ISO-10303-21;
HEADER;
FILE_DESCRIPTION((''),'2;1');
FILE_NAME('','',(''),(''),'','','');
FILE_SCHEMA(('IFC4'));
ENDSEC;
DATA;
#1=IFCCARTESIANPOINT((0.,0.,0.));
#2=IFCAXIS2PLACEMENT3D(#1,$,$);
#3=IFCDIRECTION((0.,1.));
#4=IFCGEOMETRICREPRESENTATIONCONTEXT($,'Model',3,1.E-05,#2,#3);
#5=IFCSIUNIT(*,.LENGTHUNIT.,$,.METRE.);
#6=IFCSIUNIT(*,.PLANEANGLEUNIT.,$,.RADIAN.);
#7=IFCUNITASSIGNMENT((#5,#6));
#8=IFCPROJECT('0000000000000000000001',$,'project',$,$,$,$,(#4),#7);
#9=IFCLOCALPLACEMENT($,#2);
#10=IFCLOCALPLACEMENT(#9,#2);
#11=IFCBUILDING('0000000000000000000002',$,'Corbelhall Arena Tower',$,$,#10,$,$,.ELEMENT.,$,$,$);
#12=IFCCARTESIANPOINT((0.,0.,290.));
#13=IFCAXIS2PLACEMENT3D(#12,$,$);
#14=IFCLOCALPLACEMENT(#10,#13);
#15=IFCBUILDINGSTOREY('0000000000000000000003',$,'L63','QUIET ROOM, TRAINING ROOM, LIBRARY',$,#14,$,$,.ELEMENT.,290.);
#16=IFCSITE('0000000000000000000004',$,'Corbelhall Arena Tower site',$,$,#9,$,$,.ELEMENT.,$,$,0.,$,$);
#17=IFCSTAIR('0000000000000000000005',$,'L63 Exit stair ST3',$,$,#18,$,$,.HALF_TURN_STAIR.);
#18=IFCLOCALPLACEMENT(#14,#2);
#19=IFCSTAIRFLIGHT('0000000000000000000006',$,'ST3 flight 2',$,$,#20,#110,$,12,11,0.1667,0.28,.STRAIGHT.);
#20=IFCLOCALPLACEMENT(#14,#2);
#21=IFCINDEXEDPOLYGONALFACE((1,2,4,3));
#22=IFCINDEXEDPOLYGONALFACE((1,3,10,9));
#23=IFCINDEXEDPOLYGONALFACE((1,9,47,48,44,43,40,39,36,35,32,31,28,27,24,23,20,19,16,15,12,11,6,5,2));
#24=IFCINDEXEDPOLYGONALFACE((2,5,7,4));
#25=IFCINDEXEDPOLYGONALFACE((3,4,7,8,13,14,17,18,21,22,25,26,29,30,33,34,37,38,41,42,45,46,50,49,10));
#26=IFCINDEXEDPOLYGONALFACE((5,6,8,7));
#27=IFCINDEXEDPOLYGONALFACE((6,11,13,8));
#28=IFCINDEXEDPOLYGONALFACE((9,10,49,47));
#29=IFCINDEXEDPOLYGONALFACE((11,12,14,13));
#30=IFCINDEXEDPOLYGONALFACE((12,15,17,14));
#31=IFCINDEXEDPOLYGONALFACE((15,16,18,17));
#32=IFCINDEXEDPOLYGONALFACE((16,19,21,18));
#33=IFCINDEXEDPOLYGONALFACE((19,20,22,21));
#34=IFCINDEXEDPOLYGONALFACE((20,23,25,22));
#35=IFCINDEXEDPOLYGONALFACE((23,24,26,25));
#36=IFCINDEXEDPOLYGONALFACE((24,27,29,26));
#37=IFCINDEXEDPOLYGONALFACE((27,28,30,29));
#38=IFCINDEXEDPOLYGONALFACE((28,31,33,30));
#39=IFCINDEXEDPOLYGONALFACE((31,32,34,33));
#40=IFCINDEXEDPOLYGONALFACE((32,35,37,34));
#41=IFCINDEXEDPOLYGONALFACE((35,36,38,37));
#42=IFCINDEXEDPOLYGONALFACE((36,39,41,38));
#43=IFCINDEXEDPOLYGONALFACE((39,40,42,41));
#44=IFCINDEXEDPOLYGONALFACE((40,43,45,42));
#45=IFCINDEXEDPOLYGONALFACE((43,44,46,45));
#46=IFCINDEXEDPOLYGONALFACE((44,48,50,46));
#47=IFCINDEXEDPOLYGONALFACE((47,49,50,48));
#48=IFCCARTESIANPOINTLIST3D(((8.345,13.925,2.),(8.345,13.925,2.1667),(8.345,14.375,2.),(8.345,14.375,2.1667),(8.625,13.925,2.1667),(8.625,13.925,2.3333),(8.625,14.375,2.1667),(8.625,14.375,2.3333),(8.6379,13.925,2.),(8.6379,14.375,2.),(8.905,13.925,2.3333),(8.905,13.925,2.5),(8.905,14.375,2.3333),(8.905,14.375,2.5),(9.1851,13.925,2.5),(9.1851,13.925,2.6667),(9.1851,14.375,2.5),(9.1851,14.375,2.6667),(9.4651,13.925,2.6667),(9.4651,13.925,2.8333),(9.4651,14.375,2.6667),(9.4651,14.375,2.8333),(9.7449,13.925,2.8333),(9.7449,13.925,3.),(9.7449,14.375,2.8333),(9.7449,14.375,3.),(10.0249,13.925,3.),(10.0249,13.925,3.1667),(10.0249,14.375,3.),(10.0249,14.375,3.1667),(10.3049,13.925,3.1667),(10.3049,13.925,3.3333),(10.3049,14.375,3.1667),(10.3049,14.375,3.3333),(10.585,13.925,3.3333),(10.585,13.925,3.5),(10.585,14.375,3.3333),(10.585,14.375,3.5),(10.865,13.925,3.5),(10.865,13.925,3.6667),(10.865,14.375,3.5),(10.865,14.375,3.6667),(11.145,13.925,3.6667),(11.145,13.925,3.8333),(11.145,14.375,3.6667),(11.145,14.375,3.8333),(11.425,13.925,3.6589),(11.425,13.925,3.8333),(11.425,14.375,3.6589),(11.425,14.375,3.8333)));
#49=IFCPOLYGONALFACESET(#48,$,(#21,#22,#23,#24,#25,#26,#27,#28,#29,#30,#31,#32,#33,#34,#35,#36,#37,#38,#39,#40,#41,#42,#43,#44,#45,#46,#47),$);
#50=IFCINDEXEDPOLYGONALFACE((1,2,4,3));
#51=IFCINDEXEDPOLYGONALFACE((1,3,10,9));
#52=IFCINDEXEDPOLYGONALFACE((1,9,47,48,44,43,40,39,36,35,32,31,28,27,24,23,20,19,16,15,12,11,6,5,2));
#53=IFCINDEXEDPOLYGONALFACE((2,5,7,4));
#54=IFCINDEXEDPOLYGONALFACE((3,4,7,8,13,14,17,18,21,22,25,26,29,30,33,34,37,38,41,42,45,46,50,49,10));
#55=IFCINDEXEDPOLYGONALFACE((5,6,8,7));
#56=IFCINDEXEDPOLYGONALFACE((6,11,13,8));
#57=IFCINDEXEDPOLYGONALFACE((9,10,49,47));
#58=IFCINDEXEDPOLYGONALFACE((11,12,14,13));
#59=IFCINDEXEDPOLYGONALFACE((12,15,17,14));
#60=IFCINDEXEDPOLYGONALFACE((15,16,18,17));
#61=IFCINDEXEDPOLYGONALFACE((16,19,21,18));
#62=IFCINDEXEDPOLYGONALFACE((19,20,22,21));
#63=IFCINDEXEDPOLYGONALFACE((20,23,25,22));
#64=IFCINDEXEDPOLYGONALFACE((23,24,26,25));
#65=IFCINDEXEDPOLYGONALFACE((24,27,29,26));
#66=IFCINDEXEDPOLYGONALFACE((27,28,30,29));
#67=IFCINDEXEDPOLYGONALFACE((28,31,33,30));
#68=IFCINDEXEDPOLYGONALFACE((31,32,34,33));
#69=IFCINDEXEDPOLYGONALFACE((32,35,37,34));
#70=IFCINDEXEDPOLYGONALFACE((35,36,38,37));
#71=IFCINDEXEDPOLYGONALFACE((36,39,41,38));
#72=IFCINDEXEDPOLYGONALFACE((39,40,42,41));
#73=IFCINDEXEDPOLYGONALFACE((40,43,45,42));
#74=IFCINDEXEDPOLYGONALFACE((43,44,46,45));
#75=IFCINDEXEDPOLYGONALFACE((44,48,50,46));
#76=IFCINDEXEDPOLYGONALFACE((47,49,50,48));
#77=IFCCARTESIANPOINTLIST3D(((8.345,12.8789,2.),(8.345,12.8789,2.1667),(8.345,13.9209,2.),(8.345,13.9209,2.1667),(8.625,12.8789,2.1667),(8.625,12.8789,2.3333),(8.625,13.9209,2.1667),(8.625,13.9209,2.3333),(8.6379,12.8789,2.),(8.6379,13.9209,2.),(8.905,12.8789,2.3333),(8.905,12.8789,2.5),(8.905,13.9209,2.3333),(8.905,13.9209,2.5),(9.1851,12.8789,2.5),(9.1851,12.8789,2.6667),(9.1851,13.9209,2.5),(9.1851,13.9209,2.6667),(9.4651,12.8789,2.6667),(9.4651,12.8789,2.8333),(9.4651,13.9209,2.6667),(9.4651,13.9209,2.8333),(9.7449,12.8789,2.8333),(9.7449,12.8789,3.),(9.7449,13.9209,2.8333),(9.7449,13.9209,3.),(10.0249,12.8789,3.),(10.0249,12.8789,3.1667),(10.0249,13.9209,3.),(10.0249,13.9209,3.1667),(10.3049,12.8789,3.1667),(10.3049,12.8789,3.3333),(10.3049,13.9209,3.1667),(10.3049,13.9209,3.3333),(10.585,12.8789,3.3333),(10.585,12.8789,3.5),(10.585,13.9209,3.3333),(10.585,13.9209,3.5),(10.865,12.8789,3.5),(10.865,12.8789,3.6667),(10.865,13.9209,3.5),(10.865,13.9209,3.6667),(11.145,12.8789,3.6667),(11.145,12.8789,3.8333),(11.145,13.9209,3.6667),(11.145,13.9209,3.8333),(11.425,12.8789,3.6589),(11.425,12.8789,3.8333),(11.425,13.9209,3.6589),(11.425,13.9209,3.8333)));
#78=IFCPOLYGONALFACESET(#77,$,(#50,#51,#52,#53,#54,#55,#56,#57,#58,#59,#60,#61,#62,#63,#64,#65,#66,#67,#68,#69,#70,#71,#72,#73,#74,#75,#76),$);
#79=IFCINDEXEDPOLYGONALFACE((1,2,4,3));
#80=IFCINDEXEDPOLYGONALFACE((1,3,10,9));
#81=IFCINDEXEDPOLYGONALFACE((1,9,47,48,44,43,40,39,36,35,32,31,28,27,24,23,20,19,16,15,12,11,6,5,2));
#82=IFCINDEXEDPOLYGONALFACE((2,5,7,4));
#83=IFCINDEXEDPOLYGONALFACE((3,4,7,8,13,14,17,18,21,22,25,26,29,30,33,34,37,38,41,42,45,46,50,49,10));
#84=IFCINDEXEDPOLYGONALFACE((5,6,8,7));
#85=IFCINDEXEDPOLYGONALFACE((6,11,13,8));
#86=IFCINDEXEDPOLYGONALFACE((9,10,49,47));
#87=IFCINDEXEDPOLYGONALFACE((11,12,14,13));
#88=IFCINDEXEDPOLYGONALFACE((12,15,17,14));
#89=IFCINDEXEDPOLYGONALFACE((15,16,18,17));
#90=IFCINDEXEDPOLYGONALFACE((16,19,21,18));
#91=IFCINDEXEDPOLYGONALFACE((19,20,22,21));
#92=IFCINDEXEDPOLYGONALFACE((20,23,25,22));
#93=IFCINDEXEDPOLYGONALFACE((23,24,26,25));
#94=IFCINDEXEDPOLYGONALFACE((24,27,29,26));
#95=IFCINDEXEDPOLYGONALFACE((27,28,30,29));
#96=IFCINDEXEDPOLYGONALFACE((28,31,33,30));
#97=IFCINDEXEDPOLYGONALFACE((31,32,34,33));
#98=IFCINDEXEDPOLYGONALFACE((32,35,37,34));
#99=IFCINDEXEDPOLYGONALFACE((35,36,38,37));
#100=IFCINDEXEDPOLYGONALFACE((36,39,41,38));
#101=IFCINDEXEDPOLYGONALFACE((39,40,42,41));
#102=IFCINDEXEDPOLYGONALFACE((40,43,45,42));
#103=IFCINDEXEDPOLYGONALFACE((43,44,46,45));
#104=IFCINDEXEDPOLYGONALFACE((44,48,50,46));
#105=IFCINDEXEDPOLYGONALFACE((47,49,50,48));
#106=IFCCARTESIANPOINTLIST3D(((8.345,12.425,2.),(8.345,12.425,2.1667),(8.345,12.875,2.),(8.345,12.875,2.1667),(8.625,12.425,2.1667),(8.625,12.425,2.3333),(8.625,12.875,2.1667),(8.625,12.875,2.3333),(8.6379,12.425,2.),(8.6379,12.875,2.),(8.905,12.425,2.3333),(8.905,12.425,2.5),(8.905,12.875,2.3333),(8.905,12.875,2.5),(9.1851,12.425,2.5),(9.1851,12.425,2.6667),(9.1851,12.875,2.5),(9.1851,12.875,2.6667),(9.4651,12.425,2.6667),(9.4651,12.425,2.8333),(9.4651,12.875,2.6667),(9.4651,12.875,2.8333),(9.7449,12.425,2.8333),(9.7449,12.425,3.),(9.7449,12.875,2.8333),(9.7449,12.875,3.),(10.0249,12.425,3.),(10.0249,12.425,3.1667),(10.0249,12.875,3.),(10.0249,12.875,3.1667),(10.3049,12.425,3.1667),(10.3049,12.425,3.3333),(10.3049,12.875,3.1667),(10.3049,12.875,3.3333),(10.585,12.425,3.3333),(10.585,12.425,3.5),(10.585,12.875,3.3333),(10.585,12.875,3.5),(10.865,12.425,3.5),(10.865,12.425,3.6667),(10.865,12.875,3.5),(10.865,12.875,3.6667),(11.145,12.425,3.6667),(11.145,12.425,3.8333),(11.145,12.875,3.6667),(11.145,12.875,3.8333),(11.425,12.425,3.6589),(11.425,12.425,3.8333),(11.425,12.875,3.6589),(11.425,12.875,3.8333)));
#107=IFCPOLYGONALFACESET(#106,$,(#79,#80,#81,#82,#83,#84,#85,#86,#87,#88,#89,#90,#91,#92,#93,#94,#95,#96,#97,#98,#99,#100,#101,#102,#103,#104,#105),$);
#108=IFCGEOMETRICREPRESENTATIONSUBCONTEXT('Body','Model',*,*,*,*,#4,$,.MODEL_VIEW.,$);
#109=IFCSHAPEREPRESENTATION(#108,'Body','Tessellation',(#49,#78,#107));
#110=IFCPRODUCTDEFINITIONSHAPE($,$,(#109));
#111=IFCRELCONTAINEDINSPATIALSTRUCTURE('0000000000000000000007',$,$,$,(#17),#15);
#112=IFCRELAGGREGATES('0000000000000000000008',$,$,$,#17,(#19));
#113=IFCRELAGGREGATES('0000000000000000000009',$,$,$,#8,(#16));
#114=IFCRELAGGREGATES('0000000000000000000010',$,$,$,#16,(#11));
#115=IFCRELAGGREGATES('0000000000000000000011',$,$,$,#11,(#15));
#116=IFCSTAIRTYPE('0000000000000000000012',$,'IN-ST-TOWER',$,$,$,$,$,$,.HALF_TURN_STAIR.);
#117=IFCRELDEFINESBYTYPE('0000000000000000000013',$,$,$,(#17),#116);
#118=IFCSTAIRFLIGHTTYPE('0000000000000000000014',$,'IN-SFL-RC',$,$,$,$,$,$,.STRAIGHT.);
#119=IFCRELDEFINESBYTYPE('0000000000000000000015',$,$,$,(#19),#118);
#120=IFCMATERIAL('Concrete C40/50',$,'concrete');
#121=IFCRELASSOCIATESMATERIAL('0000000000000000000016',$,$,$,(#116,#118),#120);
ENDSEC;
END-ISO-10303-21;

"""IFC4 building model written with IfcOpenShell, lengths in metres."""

from ifc_helpers import new_model, si_unit, direction, frame, origin, place, context, subcontext, project, spatial, polyline, outline, extrude, material, type_object, element, aggregate, save


model = new_model("IFC4")

# Units and contexts
model_context = context("Model", 3, precision=1e-05, world=origin(), true_north=direction((0.0, 1.0)))
body_context = subcontext(model_context, "Body", "Model", "MODEL_VIEW")
ifc_project = project(units=[si_unit("LENGTHUNIT", "METRE"), si_unit("PLANEANGLEUNIT", "RADIAN")], contexts=[model_context])

# Site, building, storey
site_placement = place(None, origin())
site = spatial("IfcSite", under=ifc_project, at=site_placement, Name="Corbelhall Arena Tower site", CompositionType="ELEMENT", RefElevation=0.0)
building_placement = place(site_placement, origin())
building = spatial("IfcBuilding", under=site, at=building_placement, Name="Corbelhall Arena Tower", CompositionType="ELEMENT")
storey_placement = place(building_placement, frame((0.0, 0.0, 290.0)))
storey = spatial("IfcBuildingStorey", under=building, at=storey_placement, Name="L63", Description="QUIET ROOM, TRAINING ROOM, LIBRARY", CompositionType="ELEMENT", Elevation=290.0)

# Shared definitions
ifc_material_1 = material(Name="Concrete C40/50", Category="concrete")

# Stair, stair flight
stair_type = type_object("IfcStairType", Name="IN-ST-TOWER", PredefinedType="HALF_TURN_STAIR", material=ifc_material_1)
stair_placement = place(storey_placement, origin())
stair = element("IfcStair", 1, at=stair_placement, inside=storey, type_object=stair_type, Name="L63 Exit stair ST3", PredefinedType="HALF_TURN_STAIR")
stair_flight_type = type_object("IfcStairFlightType", Name="IN-SFL-RC", PredefinedType="STRAIGHT", material=ifc_material_1)
stair_flight_1_placement = place(storey_placement, frame((8.345, 13.3999, 2.0), z_axis=(0.0, 0.0, 1.0), x_axis=(1.0, 0.0, 0.0)))
stair_flight_1 = element("IfcStairFlight", 2, at=stair_flight_1_placement, type_object=stair_flight_type, Name="ST3 flight 2", NumberOfRisers=12, NumberOfTreads=11, PredefinedType="STRAIGHT", RiserHeight=0.1667, TreadLength=0.28, context=body_context, shape_type="SweptSolid", body=[
    extrude(outline(polyline([(0.0, 0.0), (0.0, 0.1667), (0.28, 0.1667), (0.28, 0.3333), (0.5601, 0.3333), (0.5601, 0.5), (0.8401, 0.5), (0.8401, 0.6667), (1.1201, 0.6667), (1.1201, 0.8333), (1.3999, 0.8333), (1.3999, 1.0), (1.6799, 1.0), (1.6799, 1.1667), (1.96, 1.1667), (1.96, 1.3333), (2.24, 1.3333), (2.24, 1.5), (2.52, 1.5), (2.52, 1.6667), (2.8, 1.6667), (2.8, 1.8333), (3.0801, 1.8333), (3.0801, 2.0), (3.0801, 1.6589), (0.293, 0.0), (0.0, 0.0)])), frame((0.0, 0.9751, 0.0), z_axis=(0.0, -1.0, 0.0), x_axis=(1.0, 0.0, 0.0)), (0.0, 0.0, 1.0), 0.45),
    extrude(outline(polyline([(0.0, 0.0), (0.0, 0.1667), (0.28, 0.1667), (0.28, 0.3333), (0.5601, 0.3333), (0.5601, 0.5), (0.8401, 0.5), (0.8401, 0.6667), (1.1201, 0.6667), (1.1201, 0.8333), (1.3999, 0.8333), (1.3999, 1.0), (1.6799, 1.0), (1.6799, 1.1667), (1.96, 1.1667), (1.96, 1.3333), (2.24, 1.3333), (2.24, 1.5), (2.52, 1.5), (2.52, 1.6667), (2.8, 1.6667), (2.8, 1.8333), (3.0801, 1.8333), (3.0801, 2.0), (3.0801, 1.6589), (0.293, 0.0), (0.0, 0.0)])), frame((0.0, 0.521, 0.0), z_axis=(0.0, -1.0, 0.0), x_axis=(1.0, 0.0, 0.0)), (0.0, 0.0, 1.0), 1.042),
    extrude(outline(polyline([(0.0, 0.0), (0.0, 0.1667), (0.28, 0.1667), (0.28, 0.3333), (0.5601, 0.3333), (0.5601, 0.5), (0.8401, 0.5), (0.8401, 0.6667), (1.1201, 0.6667), (1.1201, 0.8333), (1.3999, 0.8333), (1.3999, 1.0), (1.6799, 1.0), (1.6799, 1.1667), (1.96, 1.1667), (1.96, 1.3333), (2.24, 1.3333), (2.24, 1.5), (2.52, 1.5), (2.52, 1.6667), (2.8, 1.6667), (2.8, 1.8333), (3.0801, 1.8333), (3.0801, 2.0), (3.0801, 1.6589), (0.293, 0.0), (0.0, 0.0)])), frame((0.0, -0.5249, 0.0), z_axis=(0.0, -1.0, 0.0), x_axis=(1.0, 0.0, 0.0)), (0.0, 0.0, 1.0), 0.45),
])
aggregate(stair, [stair_flight_1])

save(model, "model.ifc")
